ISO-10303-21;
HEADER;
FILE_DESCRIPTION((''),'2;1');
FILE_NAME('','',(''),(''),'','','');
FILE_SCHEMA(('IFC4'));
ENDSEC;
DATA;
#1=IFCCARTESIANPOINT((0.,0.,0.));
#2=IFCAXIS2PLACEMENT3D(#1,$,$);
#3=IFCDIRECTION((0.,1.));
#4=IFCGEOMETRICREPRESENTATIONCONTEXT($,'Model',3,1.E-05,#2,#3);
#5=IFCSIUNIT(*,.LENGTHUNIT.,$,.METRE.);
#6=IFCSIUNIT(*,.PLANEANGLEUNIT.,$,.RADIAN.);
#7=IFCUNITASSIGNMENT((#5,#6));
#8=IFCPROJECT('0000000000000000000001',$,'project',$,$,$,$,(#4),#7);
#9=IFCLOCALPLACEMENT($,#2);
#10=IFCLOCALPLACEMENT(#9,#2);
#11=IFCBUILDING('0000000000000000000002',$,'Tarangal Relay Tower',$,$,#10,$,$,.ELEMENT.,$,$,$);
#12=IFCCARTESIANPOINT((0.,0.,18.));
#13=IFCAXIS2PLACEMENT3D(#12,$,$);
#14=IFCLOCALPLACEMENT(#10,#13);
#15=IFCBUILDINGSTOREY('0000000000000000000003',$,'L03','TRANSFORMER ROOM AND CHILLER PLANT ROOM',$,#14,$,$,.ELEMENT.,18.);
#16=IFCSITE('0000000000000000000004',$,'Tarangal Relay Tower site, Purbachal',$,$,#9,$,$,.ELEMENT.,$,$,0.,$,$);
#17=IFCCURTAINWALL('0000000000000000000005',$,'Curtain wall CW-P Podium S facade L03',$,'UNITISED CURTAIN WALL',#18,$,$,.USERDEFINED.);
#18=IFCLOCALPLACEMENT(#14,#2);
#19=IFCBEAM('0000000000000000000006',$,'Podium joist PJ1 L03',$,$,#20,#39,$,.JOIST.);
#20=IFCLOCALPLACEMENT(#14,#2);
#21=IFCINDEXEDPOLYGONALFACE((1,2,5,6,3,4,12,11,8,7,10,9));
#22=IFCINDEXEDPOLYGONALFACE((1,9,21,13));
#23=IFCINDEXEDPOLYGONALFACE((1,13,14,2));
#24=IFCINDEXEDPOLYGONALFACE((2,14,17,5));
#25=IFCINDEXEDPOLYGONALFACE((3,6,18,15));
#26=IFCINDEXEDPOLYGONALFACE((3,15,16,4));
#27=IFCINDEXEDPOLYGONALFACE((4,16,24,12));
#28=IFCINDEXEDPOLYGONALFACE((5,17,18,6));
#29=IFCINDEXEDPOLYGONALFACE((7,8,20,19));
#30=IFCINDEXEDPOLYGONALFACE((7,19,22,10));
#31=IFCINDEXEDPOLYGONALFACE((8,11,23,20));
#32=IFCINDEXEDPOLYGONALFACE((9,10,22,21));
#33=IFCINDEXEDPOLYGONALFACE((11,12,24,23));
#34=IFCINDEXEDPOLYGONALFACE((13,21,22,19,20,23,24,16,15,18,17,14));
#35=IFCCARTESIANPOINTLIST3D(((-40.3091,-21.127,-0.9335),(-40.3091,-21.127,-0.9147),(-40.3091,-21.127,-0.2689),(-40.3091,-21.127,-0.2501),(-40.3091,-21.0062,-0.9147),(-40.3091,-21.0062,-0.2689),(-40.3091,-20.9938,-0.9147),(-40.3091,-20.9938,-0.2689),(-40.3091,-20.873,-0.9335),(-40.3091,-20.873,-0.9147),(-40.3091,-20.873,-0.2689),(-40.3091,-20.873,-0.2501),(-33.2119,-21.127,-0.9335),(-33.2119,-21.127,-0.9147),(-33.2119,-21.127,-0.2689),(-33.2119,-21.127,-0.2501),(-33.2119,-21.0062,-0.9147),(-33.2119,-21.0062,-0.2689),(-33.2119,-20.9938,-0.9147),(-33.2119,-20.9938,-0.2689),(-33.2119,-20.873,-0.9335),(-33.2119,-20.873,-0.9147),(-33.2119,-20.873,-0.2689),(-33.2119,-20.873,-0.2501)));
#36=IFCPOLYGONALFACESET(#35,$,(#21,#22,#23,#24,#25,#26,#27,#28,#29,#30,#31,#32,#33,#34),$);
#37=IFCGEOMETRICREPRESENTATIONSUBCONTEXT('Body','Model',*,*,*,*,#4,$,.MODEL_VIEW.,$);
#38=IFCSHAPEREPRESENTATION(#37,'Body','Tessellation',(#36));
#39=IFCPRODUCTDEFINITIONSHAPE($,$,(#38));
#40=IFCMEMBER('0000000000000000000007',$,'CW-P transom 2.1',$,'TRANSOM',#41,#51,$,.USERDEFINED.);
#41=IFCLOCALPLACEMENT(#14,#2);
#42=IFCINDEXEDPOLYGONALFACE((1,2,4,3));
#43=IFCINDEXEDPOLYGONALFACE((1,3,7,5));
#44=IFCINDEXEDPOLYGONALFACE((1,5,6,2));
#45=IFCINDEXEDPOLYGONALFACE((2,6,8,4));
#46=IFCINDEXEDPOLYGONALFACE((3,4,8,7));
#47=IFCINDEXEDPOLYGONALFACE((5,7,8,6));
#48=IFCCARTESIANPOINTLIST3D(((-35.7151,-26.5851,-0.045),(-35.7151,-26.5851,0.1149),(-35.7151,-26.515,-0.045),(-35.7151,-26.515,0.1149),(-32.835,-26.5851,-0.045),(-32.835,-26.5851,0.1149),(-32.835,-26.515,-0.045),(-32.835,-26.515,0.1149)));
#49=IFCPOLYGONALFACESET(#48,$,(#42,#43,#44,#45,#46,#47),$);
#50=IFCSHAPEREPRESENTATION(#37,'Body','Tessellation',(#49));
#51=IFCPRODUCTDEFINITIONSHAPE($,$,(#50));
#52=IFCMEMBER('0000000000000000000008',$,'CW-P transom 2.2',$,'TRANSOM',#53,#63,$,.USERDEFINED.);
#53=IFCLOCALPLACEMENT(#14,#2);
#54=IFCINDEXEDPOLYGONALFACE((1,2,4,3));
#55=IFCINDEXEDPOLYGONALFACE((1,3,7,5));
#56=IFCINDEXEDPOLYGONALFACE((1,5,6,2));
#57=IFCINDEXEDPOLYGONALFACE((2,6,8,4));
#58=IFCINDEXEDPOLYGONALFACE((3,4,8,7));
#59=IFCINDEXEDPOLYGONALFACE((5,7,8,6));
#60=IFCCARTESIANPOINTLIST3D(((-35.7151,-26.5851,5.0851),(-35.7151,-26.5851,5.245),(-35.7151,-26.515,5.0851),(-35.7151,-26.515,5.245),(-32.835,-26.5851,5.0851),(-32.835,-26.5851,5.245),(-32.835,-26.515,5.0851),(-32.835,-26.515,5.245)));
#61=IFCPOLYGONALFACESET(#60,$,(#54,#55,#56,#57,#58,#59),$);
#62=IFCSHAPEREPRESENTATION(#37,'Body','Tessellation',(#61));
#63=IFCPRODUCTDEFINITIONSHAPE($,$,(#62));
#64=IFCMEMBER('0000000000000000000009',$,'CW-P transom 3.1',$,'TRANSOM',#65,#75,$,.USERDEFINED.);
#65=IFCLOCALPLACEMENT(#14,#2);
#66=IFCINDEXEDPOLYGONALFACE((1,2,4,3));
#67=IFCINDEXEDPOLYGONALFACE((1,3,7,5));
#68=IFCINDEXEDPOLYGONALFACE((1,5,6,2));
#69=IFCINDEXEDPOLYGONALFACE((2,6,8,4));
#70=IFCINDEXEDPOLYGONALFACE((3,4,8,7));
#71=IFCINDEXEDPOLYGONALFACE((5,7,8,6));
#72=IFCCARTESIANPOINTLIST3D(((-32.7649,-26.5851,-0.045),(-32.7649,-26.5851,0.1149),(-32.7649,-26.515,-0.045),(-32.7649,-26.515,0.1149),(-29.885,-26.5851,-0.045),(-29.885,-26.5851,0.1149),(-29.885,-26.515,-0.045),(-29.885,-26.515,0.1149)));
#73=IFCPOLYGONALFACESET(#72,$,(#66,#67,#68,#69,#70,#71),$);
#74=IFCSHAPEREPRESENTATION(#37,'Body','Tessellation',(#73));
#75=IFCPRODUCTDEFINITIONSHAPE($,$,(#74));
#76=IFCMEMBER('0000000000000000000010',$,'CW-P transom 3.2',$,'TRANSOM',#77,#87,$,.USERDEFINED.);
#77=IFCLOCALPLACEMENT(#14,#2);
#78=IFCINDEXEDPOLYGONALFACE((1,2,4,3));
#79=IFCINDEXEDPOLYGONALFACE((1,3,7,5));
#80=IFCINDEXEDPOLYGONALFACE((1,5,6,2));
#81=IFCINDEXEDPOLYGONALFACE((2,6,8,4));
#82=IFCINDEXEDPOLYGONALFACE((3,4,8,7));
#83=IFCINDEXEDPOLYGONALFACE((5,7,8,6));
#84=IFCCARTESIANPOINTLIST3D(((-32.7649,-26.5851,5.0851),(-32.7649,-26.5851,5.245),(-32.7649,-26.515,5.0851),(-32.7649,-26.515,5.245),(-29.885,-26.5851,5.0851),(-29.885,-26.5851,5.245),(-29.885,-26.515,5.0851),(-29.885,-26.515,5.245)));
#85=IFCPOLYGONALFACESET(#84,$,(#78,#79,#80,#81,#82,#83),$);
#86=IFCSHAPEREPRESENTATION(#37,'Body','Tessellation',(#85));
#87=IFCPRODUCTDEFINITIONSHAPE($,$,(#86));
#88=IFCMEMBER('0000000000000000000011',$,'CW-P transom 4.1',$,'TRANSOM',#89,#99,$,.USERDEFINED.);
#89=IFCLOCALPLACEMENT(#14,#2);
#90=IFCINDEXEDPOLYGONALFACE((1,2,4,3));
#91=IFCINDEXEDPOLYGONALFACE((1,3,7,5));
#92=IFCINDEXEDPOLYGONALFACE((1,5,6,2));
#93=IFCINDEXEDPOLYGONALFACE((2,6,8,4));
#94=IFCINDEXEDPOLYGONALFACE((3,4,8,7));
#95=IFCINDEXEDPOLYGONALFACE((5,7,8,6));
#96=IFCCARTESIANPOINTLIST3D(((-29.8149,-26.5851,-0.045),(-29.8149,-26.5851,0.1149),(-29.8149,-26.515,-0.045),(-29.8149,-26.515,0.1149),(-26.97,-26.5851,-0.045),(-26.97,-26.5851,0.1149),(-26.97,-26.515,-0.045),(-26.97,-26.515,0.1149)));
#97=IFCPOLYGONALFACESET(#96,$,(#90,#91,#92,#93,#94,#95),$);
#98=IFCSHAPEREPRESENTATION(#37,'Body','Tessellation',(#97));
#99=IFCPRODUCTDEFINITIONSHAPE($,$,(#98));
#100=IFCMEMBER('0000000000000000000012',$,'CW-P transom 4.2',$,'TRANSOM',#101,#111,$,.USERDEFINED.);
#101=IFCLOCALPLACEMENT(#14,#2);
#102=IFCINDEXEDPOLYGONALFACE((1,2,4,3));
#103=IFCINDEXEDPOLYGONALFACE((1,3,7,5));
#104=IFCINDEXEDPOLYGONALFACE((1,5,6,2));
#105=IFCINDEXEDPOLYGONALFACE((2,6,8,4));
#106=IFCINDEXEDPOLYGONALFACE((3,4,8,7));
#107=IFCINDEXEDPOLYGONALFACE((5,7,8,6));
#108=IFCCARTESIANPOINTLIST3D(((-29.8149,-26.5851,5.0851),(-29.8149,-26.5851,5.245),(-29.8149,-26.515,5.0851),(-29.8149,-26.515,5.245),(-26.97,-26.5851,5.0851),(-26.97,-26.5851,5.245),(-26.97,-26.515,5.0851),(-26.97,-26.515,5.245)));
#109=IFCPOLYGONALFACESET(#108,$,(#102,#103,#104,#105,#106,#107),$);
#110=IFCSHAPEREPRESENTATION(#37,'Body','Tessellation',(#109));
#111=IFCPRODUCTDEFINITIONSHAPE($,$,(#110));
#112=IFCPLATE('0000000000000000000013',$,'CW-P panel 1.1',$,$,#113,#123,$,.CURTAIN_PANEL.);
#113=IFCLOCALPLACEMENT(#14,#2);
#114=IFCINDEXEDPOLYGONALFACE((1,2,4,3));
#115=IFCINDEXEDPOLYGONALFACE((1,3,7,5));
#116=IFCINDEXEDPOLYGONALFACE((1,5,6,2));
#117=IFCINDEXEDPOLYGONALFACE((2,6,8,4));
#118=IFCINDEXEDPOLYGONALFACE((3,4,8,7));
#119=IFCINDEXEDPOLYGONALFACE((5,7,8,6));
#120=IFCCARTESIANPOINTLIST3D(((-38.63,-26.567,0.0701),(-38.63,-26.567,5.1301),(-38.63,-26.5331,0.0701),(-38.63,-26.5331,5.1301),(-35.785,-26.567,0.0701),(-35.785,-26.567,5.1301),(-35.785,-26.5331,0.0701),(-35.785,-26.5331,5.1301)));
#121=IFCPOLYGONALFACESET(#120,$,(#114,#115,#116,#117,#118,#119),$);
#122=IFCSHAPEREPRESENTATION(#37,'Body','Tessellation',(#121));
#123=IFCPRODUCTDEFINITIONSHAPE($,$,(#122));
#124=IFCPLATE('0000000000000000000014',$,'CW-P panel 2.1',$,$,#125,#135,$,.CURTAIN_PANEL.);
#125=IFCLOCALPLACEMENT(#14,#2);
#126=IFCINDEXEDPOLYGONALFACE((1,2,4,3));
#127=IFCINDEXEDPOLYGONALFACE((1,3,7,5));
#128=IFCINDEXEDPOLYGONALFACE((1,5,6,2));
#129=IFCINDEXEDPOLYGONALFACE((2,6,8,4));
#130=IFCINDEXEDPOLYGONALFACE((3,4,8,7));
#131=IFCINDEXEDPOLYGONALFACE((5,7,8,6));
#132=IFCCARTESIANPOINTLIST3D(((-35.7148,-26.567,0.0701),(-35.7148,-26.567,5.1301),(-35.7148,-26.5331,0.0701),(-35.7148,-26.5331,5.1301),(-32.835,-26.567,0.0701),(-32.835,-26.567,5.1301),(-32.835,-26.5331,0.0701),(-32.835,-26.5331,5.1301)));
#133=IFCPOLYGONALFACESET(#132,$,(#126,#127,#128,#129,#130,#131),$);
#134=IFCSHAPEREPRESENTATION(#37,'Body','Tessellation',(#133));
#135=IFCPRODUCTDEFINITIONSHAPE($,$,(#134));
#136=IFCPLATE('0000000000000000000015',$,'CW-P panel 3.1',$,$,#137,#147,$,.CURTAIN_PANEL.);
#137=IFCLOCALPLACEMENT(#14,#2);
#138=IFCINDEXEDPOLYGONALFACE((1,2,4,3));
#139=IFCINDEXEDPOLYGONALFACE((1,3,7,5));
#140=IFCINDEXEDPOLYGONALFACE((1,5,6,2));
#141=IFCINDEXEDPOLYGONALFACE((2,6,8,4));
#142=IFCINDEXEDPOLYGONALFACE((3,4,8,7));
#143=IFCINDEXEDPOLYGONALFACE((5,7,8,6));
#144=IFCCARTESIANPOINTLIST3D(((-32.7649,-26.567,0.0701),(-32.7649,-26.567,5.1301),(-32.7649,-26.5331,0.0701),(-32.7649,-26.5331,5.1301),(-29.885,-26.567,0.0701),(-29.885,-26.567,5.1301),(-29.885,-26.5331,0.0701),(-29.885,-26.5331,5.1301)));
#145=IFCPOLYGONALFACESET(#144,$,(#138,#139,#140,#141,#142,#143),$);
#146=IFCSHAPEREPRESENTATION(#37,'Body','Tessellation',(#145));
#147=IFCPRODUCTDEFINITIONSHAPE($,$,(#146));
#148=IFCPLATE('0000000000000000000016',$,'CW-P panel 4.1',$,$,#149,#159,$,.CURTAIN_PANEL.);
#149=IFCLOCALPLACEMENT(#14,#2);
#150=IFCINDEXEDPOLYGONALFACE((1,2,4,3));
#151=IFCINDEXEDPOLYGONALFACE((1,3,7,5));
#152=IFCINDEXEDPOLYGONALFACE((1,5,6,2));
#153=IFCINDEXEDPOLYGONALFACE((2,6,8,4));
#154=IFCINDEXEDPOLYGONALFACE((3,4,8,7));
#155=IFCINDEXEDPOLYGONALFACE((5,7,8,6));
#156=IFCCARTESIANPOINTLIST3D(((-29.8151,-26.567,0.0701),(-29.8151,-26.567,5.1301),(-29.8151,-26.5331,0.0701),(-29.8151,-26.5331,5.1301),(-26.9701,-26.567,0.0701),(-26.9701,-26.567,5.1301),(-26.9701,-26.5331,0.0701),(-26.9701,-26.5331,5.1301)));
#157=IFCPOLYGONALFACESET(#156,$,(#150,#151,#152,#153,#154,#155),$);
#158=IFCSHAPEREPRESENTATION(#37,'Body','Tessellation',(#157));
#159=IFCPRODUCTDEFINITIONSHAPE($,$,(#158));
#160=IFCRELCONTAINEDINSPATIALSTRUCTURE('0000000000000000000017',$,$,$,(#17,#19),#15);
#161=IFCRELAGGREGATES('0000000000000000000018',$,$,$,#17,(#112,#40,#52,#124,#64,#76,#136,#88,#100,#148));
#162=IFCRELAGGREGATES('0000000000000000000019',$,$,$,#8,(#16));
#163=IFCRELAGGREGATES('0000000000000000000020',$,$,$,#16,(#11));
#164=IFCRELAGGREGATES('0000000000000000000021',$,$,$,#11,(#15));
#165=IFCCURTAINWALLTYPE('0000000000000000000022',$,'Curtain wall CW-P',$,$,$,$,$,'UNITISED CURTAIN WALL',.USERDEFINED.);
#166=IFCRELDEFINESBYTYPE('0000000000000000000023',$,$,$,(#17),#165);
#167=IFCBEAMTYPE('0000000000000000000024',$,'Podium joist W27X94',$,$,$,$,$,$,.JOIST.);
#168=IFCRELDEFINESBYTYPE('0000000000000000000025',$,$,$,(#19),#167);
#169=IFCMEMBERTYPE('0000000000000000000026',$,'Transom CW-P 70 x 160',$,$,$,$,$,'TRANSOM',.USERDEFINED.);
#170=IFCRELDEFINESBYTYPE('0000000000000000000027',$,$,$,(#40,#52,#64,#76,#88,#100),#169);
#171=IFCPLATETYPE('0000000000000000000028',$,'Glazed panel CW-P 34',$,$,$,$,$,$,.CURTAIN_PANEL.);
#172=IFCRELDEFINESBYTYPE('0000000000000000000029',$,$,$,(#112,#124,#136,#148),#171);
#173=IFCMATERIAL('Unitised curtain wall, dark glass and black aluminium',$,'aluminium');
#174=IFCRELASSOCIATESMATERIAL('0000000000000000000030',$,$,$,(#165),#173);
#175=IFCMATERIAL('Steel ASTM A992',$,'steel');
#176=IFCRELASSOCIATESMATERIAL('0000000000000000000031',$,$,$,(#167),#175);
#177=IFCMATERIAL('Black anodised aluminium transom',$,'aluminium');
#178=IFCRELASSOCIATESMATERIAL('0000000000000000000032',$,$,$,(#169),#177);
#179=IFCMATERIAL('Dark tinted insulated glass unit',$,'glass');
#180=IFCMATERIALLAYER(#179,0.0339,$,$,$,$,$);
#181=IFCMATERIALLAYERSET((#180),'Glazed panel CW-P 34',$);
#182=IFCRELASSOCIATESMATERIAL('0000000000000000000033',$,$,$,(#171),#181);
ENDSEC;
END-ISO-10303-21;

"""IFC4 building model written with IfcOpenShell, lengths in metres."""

from ifc_helpers import new_model, si_unit, direction, frame, origin, origin_2d, place, context, subcontext, project, spatial, rectangle, i_section, extrude, material, layer, layer_set, material_profile, profile_set, type_object, element, aggregate, save


model = new_model("IFC4")

# Units and contexts
model_context = context("Model", 3, precision=1e-05, world=origin(), true_north=direction((0.0, 1.0)))
body_context = subcontext(model_context, "Body", "Model", "MODEL_VIEW")
ifc_project = project(units=[si_unit("LENGTHUNIT", "METRE"), si_unit("PLANEANGLEUNIT", "RADIAN")], contexts=[model_context])

# Site, building, storey
site_placement = place(None, origin())
site = spatial("IfcSite", under=ifc_project, at=site_placement, Name="Tarangal Relay Tower site, Purbachal", CompositionType="ELEMENT", RefElevation=0.0)
building_placement = place(site_placement, origin())
building = spatial("IfcBuilding", under=site, at=building_placement, Name="Tarangal Relay Tower", CompositionType="ELEMENT")
storey_placement = place(building_placement, frame((0.0, 0.0, 18.0)))
storey = spatial("IfcBuildingStorey", under=building, at=storey_placement, Name="L03", Description="TRANSFORMER ROOM AND CHILLER PLANT ROOM", CompositionType="ELEMENT", Elevation=18.0)

# Shared definitions
ifc_material_1 = material(Name="Steel ASTM A992", Category="steel")

# Curtain wall
ifc_material_2 = material(Name="Unitised curtain wall, dark glass and black aluminium", Category="aluminium")
curtain_wall_type = type_object("IfcCurtainWallType", Name="Curtain wall CW-P", ElementType="UNITISED CURTAIN WALL", PredefinedType="USERDEFINED", material=ifc_material_2)
curtain_wall_placement = place(storey_placement, origin())
curtain_wall = element("IfcCurtainWall", 1, at=curtain_wall_placement, inside=storey, type_object=curtain_wall_type, Name="Curtain wall CW-P Podium S facade L03", ObjectType="UNITISED CURTAIN WALL", PredefinedType="USERDEFINED")

# Beam
ifc_material_profile_1 = material_profile(ifc_material_1, i_section(OverallWidth=0.2539, OverallDepth=0.6833, WebThickness=0.0125, FlangeThickness=0.0188, at=origin_2d()), Name="W27X94")
ifc_profile_set_1 = profile_set([ifc_material_profile_1], Name="Steel ASTM A992")
beam_type_1 = type_object("IfcBeamType", Name="Podium joist W27X94", PredefinedType="JOIST", material=ifc_profile_set_1)
beam_1_placement = place(storey_placement, frame((-33.2119, -21.0, -0.5918), z_axis=(-1.0, 0.0, 0.0), x_axis=(0.0, -1.0, 0.0)))
element("IfcBeam", 2, at=beam_1_placement, inside=storey, type_object=beam_type_1, Name="Podium joist PJ1 L03", PredefinedType="JOIST", context=body_context, shape_type="SweptSolid", body=[
    extrude(i_section(OverallWidth=0.2539, OverallDepth=0.6833, WebThickness=0.0125, FlangeThickness=0.0188, at=origin_2d()), origin(), (0.0, 0.0, 1.0), 7.0972),
])

# Members
ifc_material_3 = material(Name="Black anodised aluminium transom", Category="aluminium")
ifc_material_profile_2 = material_profile(ifc_material_3, rectangle(XDim=0.0701, YDim=0.1599, at=origin_2d()), Name="CW-PT 70X160")
ifc_profile_set_2 = profile_set([ifc_material_profile_2], Name="Black anodised aluminium transom")
member_type_1 = type_object("IfcMemberType", Name="Transom CW-P 70 x 160", ElementType="TRANSOM", PredefinedType="USERDEFINED", material=ifc_profile_set_2)
member_1_placement = place(storey_placement, frame((-35.7151, -26.55, 0.0349), z_axis=(1.0, 0.0, 0.0), x_axis=(0.0, 1.0, 0.0)))
member_1 = element("IfcMember", 3, at=member_1_placement, type_object=member_type_1, Name="CW-P transom 2.1", ObjectType="TRANSOM", PredefinedType="USERDEFINED", context=body_context, shape_type="SweptSolid", body=[
    extrude(rectangle(XDim=0.0701, YDim=0.1599, at=origin_2d()), origin(), (0.0, 0.0, 1.0), 2.8801),
])
member_2_placement = place(storey_placement, frame((-35.7151, -26.55, 5.165), z_axis=(1.0, 0.0, 0.0), x_axis=(0.0, 1.0, 0.0)))
member_2 = element("IfcMember", 4, at=member_2_placement, type_object=member_type_1, Name="CW-P transom 2.2", ObjectType="TRANSOM", PredefinedType="USERDEFINED", context=body_context, shape_type="SweptSolid", body=[
    extrude(rectangle(XDim=0.0701, YDim=0.1599, at=origin_2d()), origin(), (0.0, 0.0, 1.0), 2.8801),
])
member_3_placement = place(storey_placement, frame((-32.7649, -26.55, 0.0349), z_axis=(1.0, 0.0, 0.0), x_axis=(0.0, 1.0, 0.0)))
member_3 = element("IfcMember", 5, at=member_3_placement, type_object=member_type_1, Name="CW-P transom 3.1", ObjectType="TRANSOM", PredefinedType="USERDEFINED", context=body_context, shape_type="SweptSolid", body=[
    extrude(rectangle(XDim=0.0701, YDim=0.1599, at=origin_2d()), origin(), (0.0, 0.0, 1.0), 2.8799),
])
member_4_placement = place(storey_placement, frame((-32.7649, -26.55, 5.165), z_axis=(1.0, 0.0, 0.0), x_axis=(0.0, 1.0, 0.0)))
member_4 = element("IfcMember", 6, at=member_4_placement, type_object=member_type_1, Name="CW-P transom 3.2", ObjectType="TRANSOM", PredefinedType="USERDEFINED", context=body_context, shape_type="SweptSolid", body=[
    extrude(rectangle(XDim=0.0701, YDim=0.1599, at=origin_2d()), origin(), (0.0, 0.0, 1.0), 2.8799),
])
member_5_placement = place(storey_placement, frame((-29.8149, -26.55, 0.0349), z_axis=(1.0, 0.0, 0.0), x_axis=(0.0, 1.0, 0.0)))
member_5 = element("IfcMember", 7, at=member_5_placement, type_object=member_type_1, Name="CW-P transom 4.1", ObjectType="TRANSOM", PredefinedType="USERDEFINED", context=body_context, shape_type="SweptSolid", body=[
    extrude(rectangle(XDim=0.0701, YDim=0.1599, at=origin_2d()), origin(), (0.0, 0.0, 1.0), 2.845),
])
member_6_placement = place(storey_placement, frame((-29.8149, -26.55, 5.165), z_axis=(1.0, 0.0, 0.0), x_axis=(0.0, 1.0, 0.0)))
member_6 = element("IfcMember", 8, at=member_6_placement, type_object=member_type_1, Name="CW-P transom 4.2", ObjectType="TRANSOM", PredefinedType="USERDEFINED", context=body_context, shape_type="SweptSolid", body=[
    extrude(rectangle(XDim=0.0701, YDim=0.1599, at=origin_2d()), origin(), (0.0, 0.0, 1.0), 2.845),
])

# Plates
ifc_material_4 = material(Name="Dark tinted insulated glass unit", Category="glass")
ifc_layer = layer(ifc_material_4, 0.0339)
ifc_layer_set = layer_set([ifc_layer], Name="Glazed panel CW-P 34")
plate_type = type_object("IfcPlateType", Name="Glazed panel CW-P 34", PredefinedType="CURTAIN_PANEL", material=ifc_layer_set)
plate_1_placement = place(storey_placement, frame((-37.2075, -26.55, 0.0701), z_axis=(0.0, 0.0, 1.0), x_axis=(1.0, 0.0, 0.0)))
plate_1 = element("IfcPlate", 9, at=plate_1_placement, type_object=plate_type, Name="CW-P panel 1.1", PredefinedType="CURTAIN_PANEL", context=body_context, shape_type="SweptSolid", body=[
    extrude(rectangle(XDim=2.845, YDim=0.0339, at=origin_2d()), origin(), (0.0, 0.0, 1.0), 5.0601),
])
plate_2_placement = place(storey_placement, frame((-34.2749, -26.55, 0.0701), z_axis=(0.0, 0.0, 1.0), x_axis=(1.0, 0.0, 0.0)))
plate_2 = element("IfcPlate", 10, at=plate_2_placement, type_object=plate_type, Name="CW-P panel 2.1", PredefinedType="CURTAIN_PANEL", context=body_context, shape_type="SweptSolid", body=[
    extrude(rectangle(XDim=2.8799, YDim=0.0339, at=origin_2d()), origin(), (0.0, 0.0, 1.0), 5.0601),
])
plate_3_placement = place(storey_placement, frame((-31.325, -26.55, 0.0701), z_axis=(0.0, 0.0, 1.0), x_axis=(1.0, 0.0, 0.0)))
plate_3 = element("IfcPlate", 11, at=plate_3_placement, type_object=plate_type, Name="CW-P panel 3.1", PredefinedType="CURTAIN_PANEL", context=body_context, shape_type="SweptSolid", body=[
    extrude(rectangle(XDim=2.8799, YDim=0.0339, at=origin_2d()), origin(), (0.0, 0.0, 1.0), 5.0601),
])
plate_4_placement = place(storey_placement, frame((-28.3926, -26.55, 0.0701), z_axis=(0.0, 0.0, 1.0), x_axis=(1.0, 0.0, 0.0)))
plate_4 = element("IfcPlate", 12, at=plate_4_placement, type_object=plate_type, Name="CW-P panel 4.1", PredefinedType="CURTAIN_PANEL", context=body_context, shape_type="SweptSolid", body=[
    extrude(rectangle(XDim=2.845, YDim=0.0339, at=origin_2d()), origin(), (0.0, 0.0, 1.0), 5.0601),
])
aggregate(curtain_wall, [plate_1, member_1, member_2, plate_2, member_3, member_4, plate_3, member_5, member_6, plate_4])

save(model, "model.ifc")
